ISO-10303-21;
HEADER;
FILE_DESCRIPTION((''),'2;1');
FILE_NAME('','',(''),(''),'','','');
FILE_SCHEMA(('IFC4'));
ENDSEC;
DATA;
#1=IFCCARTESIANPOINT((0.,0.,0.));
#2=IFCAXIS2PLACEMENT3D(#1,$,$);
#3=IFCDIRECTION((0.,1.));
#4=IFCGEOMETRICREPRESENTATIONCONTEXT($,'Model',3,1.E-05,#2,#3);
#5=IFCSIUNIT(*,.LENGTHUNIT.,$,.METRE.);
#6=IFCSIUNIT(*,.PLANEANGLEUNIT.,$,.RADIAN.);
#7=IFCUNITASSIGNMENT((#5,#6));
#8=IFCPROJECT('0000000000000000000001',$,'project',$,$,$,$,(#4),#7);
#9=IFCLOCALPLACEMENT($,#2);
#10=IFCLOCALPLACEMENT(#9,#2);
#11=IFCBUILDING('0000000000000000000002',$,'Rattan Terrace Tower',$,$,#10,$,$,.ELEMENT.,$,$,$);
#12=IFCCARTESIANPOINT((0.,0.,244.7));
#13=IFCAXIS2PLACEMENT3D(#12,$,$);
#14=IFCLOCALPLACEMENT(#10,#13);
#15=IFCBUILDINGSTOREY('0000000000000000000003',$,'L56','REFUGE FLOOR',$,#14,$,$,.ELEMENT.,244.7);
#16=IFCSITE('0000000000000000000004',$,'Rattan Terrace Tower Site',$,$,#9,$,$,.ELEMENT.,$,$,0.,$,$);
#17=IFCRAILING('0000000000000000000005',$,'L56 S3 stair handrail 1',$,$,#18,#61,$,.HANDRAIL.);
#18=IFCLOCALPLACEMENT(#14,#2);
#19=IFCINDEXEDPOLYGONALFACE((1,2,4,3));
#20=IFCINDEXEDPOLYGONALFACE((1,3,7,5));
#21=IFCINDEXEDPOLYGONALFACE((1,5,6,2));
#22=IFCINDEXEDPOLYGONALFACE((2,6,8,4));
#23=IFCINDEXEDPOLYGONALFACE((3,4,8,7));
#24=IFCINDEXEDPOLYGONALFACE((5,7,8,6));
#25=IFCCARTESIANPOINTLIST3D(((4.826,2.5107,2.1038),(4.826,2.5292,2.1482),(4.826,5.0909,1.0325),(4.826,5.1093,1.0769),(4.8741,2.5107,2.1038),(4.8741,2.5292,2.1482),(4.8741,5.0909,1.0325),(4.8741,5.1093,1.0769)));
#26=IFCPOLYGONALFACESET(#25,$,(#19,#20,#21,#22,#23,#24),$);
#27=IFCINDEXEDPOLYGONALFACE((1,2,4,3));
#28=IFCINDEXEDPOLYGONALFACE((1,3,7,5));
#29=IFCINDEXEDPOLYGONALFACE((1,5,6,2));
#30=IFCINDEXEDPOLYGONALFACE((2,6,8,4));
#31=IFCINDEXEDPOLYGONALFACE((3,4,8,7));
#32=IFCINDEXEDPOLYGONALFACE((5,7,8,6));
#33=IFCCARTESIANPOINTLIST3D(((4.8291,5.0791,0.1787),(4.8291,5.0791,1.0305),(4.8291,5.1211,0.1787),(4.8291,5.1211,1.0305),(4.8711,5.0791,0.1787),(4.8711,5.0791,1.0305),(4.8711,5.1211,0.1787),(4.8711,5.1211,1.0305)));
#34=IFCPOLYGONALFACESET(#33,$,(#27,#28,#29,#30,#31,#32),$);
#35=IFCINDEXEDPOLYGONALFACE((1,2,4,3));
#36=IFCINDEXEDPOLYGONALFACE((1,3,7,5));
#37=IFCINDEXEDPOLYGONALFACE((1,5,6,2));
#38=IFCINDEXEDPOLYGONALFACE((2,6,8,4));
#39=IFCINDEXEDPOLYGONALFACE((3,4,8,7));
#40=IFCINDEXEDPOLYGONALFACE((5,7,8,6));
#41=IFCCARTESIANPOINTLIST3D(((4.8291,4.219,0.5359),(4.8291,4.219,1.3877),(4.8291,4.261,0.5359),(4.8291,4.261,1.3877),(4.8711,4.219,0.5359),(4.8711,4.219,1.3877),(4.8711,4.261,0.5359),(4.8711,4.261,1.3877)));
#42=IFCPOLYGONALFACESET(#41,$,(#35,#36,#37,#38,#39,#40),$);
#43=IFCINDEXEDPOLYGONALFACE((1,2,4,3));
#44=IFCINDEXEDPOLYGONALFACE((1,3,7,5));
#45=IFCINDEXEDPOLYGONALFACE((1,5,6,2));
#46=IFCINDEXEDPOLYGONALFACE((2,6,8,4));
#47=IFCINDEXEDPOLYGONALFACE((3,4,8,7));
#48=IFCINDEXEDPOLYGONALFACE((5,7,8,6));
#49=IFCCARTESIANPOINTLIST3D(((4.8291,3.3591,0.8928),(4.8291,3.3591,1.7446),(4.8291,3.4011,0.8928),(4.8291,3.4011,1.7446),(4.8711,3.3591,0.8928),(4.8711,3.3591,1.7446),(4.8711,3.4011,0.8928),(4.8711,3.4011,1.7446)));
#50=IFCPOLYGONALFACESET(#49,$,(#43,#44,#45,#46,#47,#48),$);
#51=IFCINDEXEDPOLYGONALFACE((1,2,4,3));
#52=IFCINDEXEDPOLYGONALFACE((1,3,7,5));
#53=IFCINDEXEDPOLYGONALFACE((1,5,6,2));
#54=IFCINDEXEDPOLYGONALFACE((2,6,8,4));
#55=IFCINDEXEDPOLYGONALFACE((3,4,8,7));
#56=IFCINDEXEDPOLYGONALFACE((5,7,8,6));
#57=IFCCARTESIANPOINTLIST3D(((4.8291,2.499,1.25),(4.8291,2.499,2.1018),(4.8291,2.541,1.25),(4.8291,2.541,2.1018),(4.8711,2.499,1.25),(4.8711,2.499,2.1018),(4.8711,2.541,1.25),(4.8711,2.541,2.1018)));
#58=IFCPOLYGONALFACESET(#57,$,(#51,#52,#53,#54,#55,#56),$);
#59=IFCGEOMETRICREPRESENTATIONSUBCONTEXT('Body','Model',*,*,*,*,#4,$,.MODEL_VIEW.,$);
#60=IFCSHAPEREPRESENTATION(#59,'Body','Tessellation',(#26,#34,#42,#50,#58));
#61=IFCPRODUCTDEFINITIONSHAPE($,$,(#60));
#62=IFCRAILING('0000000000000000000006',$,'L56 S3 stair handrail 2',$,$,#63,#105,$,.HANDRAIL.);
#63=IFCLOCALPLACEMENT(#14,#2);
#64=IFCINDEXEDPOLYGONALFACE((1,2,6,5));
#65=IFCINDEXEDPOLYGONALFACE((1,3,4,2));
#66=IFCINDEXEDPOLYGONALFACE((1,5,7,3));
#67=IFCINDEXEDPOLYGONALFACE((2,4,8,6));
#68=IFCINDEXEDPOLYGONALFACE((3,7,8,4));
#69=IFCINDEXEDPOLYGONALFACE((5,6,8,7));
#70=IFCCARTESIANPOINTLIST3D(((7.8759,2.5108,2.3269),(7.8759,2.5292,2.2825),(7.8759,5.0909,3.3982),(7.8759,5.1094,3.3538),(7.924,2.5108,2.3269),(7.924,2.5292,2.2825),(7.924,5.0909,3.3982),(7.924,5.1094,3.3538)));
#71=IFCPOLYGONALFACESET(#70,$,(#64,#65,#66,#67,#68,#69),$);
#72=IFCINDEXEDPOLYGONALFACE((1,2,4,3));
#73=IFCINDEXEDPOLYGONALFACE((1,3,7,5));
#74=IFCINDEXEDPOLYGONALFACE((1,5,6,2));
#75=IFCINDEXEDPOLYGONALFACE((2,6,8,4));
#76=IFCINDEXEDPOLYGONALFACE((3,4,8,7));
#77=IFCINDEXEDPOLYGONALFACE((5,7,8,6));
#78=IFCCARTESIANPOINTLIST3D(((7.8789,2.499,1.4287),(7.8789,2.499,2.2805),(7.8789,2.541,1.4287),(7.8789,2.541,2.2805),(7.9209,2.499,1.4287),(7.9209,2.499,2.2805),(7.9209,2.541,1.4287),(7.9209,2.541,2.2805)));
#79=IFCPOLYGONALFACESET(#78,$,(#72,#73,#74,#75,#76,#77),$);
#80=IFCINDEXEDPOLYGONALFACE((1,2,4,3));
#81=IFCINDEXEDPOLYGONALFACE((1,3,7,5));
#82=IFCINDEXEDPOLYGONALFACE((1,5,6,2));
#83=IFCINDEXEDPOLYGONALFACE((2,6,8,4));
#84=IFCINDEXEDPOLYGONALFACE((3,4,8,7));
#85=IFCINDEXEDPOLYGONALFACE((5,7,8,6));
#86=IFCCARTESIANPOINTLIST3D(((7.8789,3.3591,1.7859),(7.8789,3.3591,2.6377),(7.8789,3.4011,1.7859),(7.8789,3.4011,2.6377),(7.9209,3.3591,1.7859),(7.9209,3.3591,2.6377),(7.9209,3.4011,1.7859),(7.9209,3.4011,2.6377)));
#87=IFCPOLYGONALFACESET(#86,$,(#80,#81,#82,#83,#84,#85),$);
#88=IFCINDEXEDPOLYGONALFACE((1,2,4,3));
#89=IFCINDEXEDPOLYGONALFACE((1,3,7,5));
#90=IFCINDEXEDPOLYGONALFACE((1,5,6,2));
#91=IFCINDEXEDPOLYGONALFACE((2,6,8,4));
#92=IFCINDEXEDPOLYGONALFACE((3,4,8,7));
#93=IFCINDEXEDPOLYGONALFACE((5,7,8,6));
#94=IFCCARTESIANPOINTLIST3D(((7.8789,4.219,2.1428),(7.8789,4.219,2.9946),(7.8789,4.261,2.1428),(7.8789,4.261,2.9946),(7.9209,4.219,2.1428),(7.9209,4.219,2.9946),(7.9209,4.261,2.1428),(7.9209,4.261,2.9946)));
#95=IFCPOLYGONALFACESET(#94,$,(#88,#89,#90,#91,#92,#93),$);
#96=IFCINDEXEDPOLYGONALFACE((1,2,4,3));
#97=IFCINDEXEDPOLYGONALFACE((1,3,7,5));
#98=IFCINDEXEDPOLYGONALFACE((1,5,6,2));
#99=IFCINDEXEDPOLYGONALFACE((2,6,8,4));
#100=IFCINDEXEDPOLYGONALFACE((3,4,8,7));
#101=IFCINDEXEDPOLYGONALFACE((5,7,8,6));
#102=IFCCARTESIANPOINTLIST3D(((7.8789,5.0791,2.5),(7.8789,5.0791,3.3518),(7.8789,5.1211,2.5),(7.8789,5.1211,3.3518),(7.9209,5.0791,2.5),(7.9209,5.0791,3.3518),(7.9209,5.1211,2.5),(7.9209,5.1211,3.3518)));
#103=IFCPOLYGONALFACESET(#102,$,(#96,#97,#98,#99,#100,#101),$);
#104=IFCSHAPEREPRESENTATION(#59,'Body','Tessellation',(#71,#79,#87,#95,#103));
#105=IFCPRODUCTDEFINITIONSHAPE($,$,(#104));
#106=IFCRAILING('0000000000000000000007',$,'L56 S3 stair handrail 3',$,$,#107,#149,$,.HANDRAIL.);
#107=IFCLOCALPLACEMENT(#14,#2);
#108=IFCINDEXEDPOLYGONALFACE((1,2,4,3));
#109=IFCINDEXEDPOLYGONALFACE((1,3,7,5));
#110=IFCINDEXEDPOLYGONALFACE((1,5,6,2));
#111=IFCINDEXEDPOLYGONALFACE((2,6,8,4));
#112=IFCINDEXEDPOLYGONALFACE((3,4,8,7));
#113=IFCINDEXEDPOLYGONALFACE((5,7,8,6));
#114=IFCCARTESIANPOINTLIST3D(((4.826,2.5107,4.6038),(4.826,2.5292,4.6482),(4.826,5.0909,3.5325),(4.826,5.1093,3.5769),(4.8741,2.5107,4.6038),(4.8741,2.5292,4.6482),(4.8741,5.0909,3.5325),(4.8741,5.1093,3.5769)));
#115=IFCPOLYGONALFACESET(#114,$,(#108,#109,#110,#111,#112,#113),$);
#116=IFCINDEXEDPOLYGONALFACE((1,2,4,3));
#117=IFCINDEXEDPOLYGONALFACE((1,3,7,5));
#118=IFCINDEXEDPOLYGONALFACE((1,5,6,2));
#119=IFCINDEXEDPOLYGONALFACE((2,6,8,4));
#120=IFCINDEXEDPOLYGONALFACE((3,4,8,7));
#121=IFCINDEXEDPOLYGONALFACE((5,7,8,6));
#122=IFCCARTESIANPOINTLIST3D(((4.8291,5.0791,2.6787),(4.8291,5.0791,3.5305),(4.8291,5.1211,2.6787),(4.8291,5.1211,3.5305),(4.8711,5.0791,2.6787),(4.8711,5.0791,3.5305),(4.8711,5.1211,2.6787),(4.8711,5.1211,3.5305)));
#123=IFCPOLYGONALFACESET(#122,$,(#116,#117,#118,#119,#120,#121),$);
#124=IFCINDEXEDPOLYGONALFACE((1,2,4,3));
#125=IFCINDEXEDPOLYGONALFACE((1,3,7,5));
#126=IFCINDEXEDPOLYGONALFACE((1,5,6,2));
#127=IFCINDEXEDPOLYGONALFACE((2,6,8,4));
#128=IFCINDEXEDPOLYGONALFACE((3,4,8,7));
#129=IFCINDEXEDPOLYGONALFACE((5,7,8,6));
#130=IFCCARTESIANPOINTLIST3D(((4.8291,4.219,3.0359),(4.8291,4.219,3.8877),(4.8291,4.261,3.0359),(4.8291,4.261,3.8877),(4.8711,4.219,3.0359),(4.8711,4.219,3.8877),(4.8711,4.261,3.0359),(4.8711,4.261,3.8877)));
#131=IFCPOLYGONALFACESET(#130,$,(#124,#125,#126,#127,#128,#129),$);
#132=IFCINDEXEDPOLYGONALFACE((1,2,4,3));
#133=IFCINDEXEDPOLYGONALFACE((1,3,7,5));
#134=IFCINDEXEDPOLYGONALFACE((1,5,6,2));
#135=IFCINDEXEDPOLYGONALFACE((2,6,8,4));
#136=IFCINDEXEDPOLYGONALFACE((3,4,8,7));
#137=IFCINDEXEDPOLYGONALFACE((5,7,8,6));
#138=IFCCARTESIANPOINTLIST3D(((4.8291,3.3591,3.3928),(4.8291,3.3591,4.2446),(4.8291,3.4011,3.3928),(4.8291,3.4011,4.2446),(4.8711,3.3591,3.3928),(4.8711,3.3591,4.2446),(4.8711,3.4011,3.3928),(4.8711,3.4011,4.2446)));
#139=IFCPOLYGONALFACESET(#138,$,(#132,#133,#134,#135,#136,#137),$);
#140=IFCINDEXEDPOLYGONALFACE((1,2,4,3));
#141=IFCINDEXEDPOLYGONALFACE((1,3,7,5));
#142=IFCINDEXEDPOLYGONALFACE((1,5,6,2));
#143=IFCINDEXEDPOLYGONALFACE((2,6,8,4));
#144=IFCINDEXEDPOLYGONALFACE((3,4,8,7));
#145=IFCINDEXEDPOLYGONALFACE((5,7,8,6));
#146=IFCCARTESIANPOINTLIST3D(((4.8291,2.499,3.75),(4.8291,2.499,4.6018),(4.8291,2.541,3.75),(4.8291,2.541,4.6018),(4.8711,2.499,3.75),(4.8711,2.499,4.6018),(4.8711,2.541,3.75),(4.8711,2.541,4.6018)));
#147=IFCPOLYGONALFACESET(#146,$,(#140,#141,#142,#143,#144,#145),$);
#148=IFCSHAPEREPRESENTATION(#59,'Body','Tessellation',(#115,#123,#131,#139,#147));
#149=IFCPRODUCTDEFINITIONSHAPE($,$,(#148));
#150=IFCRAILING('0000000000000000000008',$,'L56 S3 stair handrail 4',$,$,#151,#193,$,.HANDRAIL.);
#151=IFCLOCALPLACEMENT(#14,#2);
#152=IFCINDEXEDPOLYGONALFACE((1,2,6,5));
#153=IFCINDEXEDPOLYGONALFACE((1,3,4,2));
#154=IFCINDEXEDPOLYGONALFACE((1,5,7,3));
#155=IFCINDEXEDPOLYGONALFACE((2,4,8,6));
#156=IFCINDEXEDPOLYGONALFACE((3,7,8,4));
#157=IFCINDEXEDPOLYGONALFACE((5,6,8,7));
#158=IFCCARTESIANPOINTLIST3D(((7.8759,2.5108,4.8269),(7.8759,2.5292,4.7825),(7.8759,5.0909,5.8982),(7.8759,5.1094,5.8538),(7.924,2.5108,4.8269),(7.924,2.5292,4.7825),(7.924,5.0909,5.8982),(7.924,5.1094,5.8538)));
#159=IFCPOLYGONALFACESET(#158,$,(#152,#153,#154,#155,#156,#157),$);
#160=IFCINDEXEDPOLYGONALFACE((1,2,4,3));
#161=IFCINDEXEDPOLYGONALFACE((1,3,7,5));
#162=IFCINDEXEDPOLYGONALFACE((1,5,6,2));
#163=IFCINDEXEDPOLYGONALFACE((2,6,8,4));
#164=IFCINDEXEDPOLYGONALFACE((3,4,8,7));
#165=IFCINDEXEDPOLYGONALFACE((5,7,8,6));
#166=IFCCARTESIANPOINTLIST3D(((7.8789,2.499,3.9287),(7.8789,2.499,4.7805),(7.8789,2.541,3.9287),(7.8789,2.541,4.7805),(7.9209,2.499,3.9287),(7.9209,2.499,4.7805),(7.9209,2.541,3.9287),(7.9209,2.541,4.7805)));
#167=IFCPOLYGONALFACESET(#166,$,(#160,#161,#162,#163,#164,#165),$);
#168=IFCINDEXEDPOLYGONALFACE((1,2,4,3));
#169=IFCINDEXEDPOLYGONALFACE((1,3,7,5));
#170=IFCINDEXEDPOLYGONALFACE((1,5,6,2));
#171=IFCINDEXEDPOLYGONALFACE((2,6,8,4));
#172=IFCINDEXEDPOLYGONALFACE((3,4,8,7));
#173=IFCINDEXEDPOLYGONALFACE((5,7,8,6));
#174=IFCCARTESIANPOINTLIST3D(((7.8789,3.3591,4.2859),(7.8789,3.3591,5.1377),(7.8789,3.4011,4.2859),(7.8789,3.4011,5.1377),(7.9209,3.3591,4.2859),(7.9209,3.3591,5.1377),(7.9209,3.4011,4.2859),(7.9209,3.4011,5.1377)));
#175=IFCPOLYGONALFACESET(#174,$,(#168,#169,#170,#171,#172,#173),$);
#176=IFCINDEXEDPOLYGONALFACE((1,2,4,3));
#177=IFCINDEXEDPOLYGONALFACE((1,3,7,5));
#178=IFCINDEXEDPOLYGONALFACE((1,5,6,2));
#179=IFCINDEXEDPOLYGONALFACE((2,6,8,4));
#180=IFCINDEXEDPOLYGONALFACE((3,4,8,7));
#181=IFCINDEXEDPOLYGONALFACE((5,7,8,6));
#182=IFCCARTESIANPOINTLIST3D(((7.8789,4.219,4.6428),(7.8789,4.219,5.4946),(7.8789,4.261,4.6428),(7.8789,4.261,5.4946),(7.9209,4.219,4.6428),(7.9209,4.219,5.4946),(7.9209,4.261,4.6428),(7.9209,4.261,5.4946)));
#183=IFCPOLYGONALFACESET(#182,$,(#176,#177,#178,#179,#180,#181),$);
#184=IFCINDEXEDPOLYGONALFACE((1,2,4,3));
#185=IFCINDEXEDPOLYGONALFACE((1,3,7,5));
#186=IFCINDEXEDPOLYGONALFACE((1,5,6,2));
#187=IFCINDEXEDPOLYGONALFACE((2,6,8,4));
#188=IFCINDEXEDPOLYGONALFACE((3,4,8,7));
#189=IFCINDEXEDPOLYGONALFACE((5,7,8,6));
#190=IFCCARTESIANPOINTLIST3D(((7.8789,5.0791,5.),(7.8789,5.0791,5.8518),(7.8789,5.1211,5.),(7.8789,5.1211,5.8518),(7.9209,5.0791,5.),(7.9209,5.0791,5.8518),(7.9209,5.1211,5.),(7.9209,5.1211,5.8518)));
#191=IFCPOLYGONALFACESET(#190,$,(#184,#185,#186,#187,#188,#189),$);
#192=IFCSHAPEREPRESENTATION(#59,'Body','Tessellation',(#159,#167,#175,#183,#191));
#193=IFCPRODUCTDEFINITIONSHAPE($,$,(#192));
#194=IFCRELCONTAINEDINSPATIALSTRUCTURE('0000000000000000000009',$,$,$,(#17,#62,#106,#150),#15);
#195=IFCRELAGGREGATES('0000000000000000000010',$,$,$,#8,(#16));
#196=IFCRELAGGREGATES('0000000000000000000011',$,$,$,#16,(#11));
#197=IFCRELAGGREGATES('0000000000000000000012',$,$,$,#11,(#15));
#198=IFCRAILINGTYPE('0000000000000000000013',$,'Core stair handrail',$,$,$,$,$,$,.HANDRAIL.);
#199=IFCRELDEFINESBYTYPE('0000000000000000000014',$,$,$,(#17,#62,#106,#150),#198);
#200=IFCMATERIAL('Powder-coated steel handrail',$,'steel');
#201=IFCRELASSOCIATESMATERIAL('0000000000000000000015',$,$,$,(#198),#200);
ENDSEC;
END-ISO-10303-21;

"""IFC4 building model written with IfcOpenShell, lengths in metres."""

from ifc_helpers import new_model, si_unit, direction, frame, origin, origin_2d, place, context, subcontext, project, spatial, rectangle, extrude, material, type_object, element, save


model = new_model("IFC4")

# Units and contexts
model_context = context("Model", 3, precision=1e-05, world=origin(), true_north=direction((0.0, 1.0)))
body_context = subcontext(model_context, "Body", "Model", "MODEL_VIEW")
ifc_project = project(units=[si_unit("LENGTHUNIT", "METRE"), si_unit("PLANEANGLEUNIT", "RADIAN")], contexts=[model_context])

# Site, building, storey
site_placement = place(None, origin())
site = spatial("IfcSite", under=ifc_project, at=site_placement, Name="Rattan Terrace Tower Site", CompositionType="ELEMENT", RefElevation=0.0)
building_placement = place(site_placement, origin())
building = spatial("IfcBuilding", under=site, at=building_placement, Name="Rattan Terrace Tower", CompositionType="ELEMENT")
storey_placement = place(building_placement, frame((0.0, 0.0, 244.7)))
storey = spatial("IfcBuildingStorey", under=building, at=storey_placement, Name="L56", Description="REFUGE FLOOR", CompositionType="ELEMENT", Elevation=244.7)

# Railings
ifc_material_1 = material(Name="Powder-coated steel handrail", Category="steel")
railing_type_1 = type_object("IfcRailingType", Name="Core stair handrail", PredefinedType="HANDRAIL", material=ifc_material_1)
railing_1_placement = place(storey_placement, frame((4.8501, 5.1001, 0.1787)))
element("IfcRailing", 1, at=railing_1_placement, inside=storey, type_object=railing_type_1, Name="L56 S3 stair handrail 1", PredefinedType="HANDRAIL", context=body_context, shape_type="SweptSolid", body=[
    extrude(rectangle(XDim=0.0481, YDim=0.0481, at=origin_2d()), frame((0.0, 0.0, 0.876), z_axis=(0.0, -0.923552, 0.383473), x_axis=(1.0, 0.0, 0.0)), (0.0, 0.0, 1.0), 2.7937),
    extrude(rectangle(XDim=0.042, YDim=0.042, at=origin_2d()), origin(), (0.0, 0.0, 1.0), 0.8518),
    extrude(rectangle(XDim=0.042, YDim=0.042, at=origin_2d()), frame((0.0, -0.8601, 0.3572)), (0.0, 0.0, 1.0), 0.8518),
    extrude(rectangle(XDim=0.042, YDim=0.042, at=origin_2d()), frame((0.0, -1.72, 0.7141)), (0.0, 0.0, 1.0), 0.8518),
    extrude(rectangle(XDim=0.042, YDim=0.042, at=origin_2d()), frame((0.0, -2.5801, 1.0713)), (0.0, 0.0, 1.0), 0.8518),
])
railing_2_placement = place(storey_placement, frame((7.8999, 2.52, 1.4287)))
element("IfcRailing", 2, at=railing_2_placement, inside=storey, type_object=railing_type_1, Name="L56 S3 stair handrail 2", PredefinedType="HANDRAIL", context=body_context, shape_type="SweptSolid", body=[
    extrude(rectangle(XDim=0.0481, YDim=0.0481, at=origin_2d()), frame((0.0, 0.0, 0.876), z_axis=(0.0, 0.923552, 0.383473), x_axis=(-1.0, 0.0, 0.0)), (0.0, 0.0, 1.0), 2.7937),
    extrude(rectangle(XDim=0.042, YDim=0.042, at=origin_2d()), origin(), (0.0, 0.0, 1.0), 0.8518),
    extrude(rectangle(XDim=0.042, YDim=0.042, at=origin_2d()), frame((0.0, 0.8601, 0.3572)), (0.0, 0.0, 1.0), 0.8518),
    extrude(rectangle(XDim=0.042, YDim=0.042, at=origin_2d()), frame((0.0, 1.72, 0.7141)), (0.0, 0.0, 1.0), 0.8518),
    extrude(rectangle(XDim=0.042, YDim=0.042, at=origin_2d()), frame((0.0, 2.5801, 1.0713)), (0.0, 0.0, 1.0), 0.8518),
])
railing_3_placement = place(storey_placement, frame((4.8501, 5.1001, 2.6787)))
element("IfcRailing", 3, at=railing_3_placement, inside=storey, type_object=railing_type_1, Name="L56 S3 stair handrail 3", PredefinedType="HANDRAIL", context=body_context, shape_type="SweptSolid", body=[
    extrude(rectangle(XDim=0.0481, YDim=0.0481, at=origin_2d()), frame((0.0, 0.0, 0.876), z_axis=(0.0, -0.923552, 0.383473), x_axis=(1.0, 0.0, 0.0)), (0.0, 0.0, 1.0), 2.7937),
    extrude(rectangle(XDim=0.042, YDim=0.042, at=origin_2d()), origin(), (0.0, 0.0, 1.0), 0.8518),
    extrude(rectangle(XDim=0.042, YDim=0.042, at=origin_2d()), frame((0.0, -0.8601, 0.3572)), (0.0, 0.0, 1.0), 0.8518),
    extrude(rectangle(XDim=0.042, YDim=0.042, at=origin_2d()), frame((0.0, -1.72, 0.7141)), (0.0, 0.0, 1.0), 0.8518),
    extrude(rectangle(XDim=0.042, YDim=0.042, at=origin_2d()), frame((0.0, -2.5801, 1.0713)), (0.0, 0.0, 1.0), 0.8518),
])
railing_4_placement = place(storey_placement, frame((7.8999, 2.52, 3.9287)))
element("IfcRailing", 4, at=railing_4_placement, inside=storey, type_object=railing_type_1, Name="L56 S3 stair handrail 4", PredefinedType="HANDRAIL", context=body_context, shape_type="SweptSolid", body=[
    extrude(rectangle(XDim=0.0481, YDim=0.0481, at=origin_2d()), frame((0.0, 0.0, 0.876), z_axis=(0.0, 0.923552, 0.383473), x_axis=(-1.0, 0.0, 0.0)), (0.0, 0.0, 1.0), 2.7937),
    extrude(rectangle(XDim=0.042, YDim=0.042, at=origin_2d()), origin(), (0.0, 0.0, 1.0), 0.8518),
    extrude(rectangle(XDim=0.042, YDim=0.042, at=origin_2d()), frame((0.0, 0.8601, 0.3572)), (0.0, 0.0, 1.0), 0.8518),
    extrude(rectangle(XDim=0.042, YDim=0.042, at=origin_2d()), frame((0.0, 1.72, 0.7141)), (0.0, 0.0, 1.0), 0.8518),
    extrude(rectangle(XDim=0.042, YDim=0.042, at=origin_2d()), frame((0.0, 2.5801, 1.0713)), (0.0, 0.0, 1.0), 0.8518),
])

save(model, "model.ifc")
